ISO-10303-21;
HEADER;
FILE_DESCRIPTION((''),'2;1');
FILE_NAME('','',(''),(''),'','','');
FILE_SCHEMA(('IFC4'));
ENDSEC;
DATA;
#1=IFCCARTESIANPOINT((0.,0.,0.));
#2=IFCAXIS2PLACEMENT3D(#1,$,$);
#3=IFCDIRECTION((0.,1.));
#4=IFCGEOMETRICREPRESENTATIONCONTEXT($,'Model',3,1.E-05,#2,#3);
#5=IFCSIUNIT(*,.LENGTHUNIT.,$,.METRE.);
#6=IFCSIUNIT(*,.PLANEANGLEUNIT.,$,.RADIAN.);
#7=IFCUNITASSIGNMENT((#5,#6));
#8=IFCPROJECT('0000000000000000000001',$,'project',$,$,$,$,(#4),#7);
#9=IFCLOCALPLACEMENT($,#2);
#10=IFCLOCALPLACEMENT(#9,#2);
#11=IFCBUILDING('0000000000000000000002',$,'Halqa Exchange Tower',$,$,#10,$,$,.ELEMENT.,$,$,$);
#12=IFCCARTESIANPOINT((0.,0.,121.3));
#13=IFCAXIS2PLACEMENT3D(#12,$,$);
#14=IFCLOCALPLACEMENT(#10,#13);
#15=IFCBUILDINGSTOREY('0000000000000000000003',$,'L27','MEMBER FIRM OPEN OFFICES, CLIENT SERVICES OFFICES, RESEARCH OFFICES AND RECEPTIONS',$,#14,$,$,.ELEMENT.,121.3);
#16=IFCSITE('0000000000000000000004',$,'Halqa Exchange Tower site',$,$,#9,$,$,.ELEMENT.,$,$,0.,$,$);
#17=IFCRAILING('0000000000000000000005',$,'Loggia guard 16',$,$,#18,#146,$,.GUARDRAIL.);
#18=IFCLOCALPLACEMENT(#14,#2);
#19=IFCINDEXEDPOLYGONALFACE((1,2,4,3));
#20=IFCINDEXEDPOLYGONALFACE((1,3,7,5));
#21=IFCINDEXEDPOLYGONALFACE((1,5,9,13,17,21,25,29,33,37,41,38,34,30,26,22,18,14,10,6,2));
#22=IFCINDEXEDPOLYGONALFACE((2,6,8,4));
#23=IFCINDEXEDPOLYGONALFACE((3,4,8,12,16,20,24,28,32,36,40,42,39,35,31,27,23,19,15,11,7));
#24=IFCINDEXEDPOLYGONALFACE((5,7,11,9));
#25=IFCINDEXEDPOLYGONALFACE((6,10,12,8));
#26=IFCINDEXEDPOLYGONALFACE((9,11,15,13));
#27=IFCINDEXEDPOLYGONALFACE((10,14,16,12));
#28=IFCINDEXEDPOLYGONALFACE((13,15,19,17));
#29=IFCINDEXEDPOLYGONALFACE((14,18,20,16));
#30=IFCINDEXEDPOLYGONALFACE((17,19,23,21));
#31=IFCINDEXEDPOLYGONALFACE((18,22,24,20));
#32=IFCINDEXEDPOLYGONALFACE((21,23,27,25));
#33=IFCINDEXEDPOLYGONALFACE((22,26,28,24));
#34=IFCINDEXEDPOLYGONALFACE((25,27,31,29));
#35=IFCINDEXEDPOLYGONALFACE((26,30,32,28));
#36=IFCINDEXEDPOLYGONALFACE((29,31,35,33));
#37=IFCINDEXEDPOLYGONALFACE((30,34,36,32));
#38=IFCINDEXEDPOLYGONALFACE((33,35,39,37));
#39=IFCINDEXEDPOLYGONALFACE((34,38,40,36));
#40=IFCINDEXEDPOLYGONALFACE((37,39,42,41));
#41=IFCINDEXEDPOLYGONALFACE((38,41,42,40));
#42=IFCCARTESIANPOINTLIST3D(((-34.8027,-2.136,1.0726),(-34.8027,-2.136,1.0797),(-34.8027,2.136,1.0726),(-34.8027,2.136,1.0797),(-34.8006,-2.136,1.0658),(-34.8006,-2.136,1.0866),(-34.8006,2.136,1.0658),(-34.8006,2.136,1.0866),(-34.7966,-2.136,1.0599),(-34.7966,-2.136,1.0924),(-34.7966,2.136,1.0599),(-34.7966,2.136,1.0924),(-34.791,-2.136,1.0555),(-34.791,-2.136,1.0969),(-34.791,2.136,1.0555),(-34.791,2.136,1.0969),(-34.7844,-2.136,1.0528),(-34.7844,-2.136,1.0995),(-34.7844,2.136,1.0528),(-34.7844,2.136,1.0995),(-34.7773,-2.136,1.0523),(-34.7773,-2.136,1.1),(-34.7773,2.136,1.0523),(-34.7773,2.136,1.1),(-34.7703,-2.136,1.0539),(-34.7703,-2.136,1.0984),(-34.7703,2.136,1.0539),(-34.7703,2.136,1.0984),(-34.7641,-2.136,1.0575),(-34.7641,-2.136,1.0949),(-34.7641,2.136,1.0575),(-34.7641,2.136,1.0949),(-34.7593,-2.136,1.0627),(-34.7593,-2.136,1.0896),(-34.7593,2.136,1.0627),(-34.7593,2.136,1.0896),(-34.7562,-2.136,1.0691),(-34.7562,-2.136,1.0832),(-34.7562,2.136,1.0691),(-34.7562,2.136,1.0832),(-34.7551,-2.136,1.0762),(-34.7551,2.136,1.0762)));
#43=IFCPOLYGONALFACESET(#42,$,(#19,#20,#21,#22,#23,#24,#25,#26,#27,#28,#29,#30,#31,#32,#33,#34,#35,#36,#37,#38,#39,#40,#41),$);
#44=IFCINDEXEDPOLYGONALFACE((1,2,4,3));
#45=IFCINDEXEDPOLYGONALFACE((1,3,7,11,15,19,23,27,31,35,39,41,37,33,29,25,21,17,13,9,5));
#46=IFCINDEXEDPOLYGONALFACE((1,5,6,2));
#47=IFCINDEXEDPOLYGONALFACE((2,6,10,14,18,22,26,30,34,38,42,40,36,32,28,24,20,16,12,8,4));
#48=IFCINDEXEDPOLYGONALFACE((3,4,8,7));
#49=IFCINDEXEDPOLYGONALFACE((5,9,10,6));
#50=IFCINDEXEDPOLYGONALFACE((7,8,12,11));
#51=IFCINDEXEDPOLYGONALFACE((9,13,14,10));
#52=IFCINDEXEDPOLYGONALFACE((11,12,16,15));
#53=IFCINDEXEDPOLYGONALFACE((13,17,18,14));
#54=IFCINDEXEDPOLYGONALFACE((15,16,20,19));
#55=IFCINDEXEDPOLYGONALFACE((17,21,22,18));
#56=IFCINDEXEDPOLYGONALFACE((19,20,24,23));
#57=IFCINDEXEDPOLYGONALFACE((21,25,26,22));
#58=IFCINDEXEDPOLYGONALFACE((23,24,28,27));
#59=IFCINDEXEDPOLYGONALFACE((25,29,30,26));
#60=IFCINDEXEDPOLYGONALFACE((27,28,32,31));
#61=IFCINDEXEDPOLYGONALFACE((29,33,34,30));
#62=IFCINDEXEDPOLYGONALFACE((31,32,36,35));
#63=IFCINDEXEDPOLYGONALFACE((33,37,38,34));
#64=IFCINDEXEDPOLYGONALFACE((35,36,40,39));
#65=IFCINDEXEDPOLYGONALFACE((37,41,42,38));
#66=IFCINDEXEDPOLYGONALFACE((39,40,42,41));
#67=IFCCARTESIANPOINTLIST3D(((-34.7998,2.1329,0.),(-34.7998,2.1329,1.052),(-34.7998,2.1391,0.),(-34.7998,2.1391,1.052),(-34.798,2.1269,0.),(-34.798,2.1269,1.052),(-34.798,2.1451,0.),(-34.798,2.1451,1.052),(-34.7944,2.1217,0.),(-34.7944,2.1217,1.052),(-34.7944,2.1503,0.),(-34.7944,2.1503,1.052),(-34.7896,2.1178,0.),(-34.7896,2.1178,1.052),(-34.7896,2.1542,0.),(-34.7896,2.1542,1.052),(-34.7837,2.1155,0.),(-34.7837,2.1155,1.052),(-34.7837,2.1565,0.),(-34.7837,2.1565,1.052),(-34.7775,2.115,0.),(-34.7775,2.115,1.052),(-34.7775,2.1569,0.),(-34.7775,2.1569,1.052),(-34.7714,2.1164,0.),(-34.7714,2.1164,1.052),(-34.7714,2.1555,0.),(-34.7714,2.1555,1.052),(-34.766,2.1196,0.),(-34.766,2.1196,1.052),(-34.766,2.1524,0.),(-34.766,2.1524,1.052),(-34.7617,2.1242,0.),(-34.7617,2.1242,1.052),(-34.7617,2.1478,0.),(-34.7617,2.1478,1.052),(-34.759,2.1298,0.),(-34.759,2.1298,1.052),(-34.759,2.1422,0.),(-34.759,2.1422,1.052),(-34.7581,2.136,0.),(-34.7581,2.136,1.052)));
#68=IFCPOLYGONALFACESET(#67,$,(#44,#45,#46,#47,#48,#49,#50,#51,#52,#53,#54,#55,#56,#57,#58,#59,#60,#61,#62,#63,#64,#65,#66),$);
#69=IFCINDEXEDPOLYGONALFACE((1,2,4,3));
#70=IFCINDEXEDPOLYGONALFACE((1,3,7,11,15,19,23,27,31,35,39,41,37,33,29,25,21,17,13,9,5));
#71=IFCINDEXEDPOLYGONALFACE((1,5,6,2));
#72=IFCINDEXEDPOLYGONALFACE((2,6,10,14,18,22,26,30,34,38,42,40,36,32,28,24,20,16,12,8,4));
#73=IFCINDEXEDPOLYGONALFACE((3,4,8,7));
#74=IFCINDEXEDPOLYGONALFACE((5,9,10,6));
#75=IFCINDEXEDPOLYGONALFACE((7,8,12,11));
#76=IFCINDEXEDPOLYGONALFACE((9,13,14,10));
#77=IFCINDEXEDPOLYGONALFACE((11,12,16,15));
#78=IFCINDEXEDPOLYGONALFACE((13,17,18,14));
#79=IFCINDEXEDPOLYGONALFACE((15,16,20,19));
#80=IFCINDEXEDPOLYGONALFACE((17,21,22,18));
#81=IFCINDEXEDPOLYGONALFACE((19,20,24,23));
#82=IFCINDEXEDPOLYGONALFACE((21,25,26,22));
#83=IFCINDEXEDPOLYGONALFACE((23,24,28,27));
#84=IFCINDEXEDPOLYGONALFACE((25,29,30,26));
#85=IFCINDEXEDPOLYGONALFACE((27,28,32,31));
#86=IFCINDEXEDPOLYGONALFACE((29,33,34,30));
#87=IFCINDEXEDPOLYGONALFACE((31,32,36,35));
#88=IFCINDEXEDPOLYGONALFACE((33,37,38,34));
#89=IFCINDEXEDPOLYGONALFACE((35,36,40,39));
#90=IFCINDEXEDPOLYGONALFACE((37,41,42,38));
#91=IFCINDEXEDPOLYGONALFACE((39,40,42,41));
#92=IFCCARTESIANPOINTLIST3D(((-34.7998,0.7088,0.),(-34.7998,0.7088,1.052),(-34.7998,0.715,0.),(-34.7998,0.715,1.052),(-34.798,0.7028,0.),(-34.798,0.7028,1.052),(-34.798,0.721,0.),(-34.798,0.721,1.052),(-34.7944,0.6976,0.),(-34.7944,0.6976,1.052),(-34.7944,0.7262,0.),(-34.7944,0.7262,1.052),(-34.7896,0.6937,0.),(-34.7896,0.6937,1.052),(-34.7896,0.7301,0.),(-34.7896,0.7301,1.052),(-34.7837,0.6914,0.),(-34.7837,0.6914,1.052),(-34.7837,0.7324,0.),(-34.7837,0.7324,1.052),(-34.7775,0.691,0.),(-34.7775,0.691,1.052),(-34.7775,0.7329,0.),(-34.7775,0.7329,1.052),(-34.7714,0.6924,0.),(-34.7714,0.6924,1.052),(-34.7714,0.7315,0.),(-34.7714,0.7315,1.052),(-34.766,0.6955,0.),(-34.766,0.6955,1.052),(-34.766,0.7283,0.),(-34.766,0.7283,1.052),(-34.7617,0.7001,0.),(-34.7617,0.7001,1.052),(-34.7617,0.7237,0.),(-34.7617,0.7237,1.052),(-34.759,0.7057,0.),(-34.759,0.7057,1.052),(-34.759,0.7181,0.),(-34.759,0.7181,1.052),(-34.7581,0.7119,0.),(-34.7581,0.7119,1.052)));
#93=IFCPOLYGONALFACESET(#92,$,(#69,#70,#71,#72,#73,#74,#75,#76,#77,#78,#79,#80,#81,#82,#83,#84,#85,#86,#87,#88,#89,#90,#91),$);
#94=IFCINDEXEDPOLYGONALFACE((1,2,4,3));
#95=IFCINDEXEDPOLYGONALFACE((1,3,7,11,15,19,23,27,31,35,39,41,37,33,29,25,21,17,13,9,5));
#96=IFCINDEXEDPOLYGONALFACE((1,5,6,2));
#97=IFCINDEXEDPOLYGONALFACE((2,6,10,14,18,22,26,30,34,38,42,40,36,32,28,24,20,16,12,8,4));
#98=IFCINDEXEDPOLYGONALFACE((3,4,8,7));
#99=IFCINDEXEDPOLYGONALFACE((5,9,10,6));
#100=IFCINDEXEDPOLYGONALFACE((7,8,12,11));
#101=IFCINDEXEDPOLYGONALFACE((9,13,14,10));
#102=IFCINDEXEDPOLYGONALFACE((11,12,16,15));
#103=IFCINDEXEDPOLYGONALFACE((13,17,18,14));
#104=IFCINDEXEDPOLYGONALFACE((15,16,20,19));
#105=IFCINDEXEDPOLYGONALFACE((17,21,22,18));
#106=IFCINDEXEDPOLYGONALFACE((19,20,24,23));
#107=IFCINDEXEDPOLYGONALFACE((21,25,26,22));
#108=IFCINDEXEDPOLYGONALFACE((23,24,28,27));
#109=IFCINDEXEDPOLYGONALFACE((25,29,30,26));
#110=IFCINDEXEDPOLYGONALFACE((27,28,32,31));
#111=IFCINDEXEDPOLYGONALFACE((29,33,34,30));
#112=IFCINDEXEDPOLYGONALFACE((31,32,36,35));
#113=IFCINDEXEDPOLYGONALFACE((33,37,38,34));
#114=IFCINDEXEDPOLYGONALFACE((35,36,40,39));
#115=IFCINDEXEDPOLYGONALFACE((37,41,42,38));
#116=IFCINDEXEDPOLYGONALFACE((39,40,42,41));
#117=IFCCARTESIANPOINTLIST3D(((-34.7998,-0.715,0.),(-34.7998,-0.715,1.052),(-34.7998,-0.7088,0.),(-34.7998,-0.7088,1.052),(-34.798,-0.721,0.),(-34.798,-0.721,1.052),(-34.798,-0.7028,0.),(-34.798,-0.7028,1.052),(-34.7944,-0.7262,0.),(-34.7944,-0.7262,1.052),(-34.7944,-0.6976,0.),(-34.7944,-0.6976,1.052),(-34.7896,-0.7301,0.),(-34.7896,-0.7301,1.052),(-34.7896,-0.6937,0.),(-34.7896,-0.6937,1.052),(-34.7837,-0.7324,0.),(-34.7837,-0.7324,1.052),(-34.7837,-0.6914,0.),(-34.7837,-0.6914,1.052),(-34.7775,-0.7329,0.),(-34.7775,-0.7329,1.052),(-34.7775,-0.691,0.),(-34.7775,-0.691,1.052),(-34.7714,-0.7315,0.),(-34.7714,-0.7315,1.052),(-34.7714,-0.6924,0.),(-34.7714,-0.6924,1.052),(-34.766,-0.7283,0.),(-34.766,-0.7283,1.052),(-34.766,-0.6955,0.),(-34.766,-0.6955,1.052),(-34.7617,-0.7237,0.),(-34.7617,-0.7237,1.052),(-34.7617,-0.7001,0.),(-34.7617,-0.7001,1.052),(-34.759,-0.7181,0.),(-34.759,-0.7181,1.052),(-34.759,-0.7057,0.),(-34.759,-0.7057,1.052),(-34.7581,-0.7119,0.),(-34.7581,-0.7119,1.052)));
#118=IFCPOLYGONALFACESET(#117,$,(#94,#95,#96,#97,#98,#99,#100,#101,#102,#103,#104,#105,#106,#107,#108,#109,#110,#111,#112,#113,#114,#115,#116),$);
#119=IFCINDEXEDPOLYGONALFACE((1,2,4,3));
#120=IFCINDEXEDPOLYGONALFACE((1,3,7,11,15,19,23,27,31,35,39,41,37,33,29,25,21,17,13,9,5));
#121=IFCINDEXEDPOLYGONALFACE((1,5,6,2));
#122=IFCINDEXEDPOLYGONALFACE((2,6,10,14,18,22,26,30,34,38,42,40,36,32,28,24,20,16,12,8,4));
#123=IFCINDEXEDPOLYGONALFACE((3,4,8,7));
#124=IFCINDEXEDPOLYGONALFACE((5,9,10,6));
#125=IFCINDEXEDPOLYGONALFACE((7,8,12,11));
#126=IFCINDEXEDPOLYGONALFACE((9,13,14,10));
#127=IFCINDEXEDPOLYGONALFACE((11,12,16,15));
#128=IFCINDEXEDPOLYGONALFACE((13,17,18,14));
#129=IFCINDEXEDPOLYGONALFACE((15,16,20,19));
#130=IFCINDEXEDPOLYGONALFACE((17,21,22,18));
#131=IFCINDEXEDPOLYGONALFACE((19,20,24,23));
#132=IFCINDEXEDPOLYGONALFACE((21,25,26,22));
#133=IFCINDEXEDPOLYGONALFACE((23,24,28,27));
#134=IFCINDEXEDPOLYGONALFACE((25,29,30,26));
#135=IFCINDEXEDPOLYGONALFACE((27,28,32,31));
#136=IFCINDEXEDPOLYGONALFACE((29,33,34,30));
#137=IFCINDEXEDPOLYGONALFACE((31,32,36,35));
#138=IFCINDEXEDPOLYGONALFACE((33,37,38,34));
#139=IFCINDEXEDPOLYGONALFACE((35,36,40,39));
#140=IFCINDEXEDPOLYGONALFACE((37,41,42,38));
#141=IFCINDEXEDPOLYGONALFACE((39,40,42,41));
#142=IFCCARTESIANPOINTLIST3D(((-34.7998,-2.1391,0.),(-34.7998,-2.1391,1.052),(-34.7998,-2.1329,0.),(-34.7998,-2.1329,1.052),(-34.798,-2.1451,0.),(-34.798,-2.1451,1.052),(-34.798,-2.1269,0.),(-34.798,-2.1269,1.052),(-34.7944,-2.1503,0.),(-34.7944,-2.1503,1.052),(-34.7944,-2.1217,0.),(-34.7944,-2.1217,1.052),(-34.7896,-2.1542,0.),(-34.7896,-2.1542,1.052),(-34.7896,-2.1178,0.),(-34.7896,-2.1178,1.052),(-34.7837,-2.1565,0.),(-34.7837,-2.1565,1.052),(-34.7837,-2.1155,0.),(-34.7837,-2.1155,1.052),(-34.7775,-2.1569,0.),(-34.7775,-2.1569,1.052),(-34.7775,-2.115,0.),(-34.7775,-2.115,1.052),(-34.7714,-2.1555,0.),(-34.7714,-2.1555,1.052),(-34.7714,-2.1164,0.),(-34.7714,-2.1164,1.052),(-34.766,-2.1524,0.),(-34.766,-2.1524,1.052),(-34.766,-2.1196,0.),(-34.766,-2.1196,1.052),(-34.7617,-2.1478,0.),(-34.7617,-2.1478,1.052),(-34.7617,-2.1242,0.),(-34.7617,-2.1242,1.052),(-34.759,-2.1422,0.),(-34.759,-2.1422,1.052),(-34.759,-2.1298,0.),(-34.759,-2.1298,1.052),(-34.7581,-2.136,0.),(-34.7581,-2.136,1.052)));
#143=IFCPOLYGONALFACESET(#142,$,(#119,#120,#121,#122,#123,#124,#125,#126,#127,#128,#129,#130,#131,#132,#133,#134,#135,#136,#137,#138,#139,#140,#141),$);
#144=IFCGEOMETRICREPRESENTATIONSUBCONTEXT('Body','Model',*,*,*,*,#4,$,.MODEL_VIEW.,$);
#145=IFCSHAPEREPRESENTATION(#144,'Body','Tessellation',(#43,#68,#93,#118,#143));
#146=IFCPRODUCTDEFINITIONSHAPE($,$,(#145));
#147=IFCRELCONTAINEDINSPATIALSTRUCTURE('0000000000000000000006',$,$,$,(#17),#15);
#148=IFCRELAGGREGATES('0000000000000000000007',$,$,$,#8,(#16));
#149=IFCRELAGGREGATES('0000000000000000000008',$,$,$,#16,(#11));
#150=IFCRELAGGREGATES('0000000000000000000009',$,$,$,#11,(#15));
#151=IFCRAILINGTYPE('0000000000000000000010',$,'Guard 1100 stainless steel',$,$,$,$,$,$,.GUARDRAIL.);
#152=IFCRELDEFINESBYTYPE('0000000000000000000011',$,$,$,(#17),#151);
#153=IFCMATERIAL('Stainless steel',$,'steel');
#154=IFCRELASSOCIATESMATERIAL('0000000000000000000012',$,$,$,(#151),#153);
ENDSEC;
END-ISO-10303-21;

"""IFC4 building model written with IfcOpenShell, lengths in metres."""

from ifc_helpers import new_model, si_unit, direction, frame, origin, origin_2d, place, context, subcontext, project, spatial, circle, extrude, material, type_object, element, save


model = new_model("IFC4")

# Units and contexts
model_context = context("Model", 3, precision=1e-05, world=origin(), true_north=direction((0.0, 1.0)))
body_context = subcontext(model_context, "Body", "Model", "MODEL_VIEW")
ifc_project = project(units=[si_unit("LENGTHUNIT", "METRE"), si_unit("PLANEANGLEUNIT", "RADIAN")], contexts=[model_context])

# Site, building, storey
site_placement = place(None, origin())
site = spatial("IfcSite", under=ifc_project, at=site_placement, Name="Halqa Exchange Tower site", CompositionType="ELEMENT", RefElevation=0.0)
building_placement = place(site_placement, origin())
building = spatial("IfcBuilding", under=site, at=building_placement, Name="Halqa Exchange Tower", CompositionType="ELEMENT")
storey_placement = place(building_placement, frame((0.0, 0.0, 121.3)))
storey = spatial("IfcBuildingStorey", under=building, at=storey_placement, Name="L27", Description="MEMBER FIRM OPEN OFFICES, CLIENT SERVICES OFFICES, RESEARCH OFFICES AND RECEPTIONS", CompositionType="ELEMENT", Elevation=121.3)

# Railing
ifc_material_1 = material(Name="Stainless steel", Category="steel")
railing_type = type_object("IfcRailingType", Name="Guard 1100 stainless steel", PredefinedType="GUARDRAIL", material=ifc_material_1)
railing_1_placement = place(storey_placement, frame((-34.7791, 2.136, 0.0)))
element("IfcRailing", 1, at=railing_1_placement, inside=storey, type_object=railing_type, Name="Loggia guard 16", PredefinedType="GUARDRAIL", context=body_context, shape_type="SweptSolid", body=[
    extrude(circle(Radius=0.0239, at=origin_2d()), frame((0.0, 0.0, 1.0762), z_axis=(0.0, -1.0, 0.0), x_axis=(1.0, 0.0, 0.0)), (0.0, 0.0, 1.0), 4.272),
    extrude(circle(Radius=0.021, at=origin_2d()), origin(), (0.0, 0.0, 1.0), 1.052),
    extrude(circle(Radius=0.021, at=origin_2d()), frame((0.0, -1.4241, 0.0)), (0.0, 0.0, 1.0), 1.052),
    extrude(circle(Radius=0.021, at=origin_2d()), frame((0.0, -2.8479, 0.0)), (0.0, 0.0, 1.0), 1.052),
    extrude(circle(Radius=0.021, at=origin_2d()), frame((0.0, -4.272, 0.0)), (0.0, 0.0, 1.0), 1.052),
])

save(model, "model.ifc")
